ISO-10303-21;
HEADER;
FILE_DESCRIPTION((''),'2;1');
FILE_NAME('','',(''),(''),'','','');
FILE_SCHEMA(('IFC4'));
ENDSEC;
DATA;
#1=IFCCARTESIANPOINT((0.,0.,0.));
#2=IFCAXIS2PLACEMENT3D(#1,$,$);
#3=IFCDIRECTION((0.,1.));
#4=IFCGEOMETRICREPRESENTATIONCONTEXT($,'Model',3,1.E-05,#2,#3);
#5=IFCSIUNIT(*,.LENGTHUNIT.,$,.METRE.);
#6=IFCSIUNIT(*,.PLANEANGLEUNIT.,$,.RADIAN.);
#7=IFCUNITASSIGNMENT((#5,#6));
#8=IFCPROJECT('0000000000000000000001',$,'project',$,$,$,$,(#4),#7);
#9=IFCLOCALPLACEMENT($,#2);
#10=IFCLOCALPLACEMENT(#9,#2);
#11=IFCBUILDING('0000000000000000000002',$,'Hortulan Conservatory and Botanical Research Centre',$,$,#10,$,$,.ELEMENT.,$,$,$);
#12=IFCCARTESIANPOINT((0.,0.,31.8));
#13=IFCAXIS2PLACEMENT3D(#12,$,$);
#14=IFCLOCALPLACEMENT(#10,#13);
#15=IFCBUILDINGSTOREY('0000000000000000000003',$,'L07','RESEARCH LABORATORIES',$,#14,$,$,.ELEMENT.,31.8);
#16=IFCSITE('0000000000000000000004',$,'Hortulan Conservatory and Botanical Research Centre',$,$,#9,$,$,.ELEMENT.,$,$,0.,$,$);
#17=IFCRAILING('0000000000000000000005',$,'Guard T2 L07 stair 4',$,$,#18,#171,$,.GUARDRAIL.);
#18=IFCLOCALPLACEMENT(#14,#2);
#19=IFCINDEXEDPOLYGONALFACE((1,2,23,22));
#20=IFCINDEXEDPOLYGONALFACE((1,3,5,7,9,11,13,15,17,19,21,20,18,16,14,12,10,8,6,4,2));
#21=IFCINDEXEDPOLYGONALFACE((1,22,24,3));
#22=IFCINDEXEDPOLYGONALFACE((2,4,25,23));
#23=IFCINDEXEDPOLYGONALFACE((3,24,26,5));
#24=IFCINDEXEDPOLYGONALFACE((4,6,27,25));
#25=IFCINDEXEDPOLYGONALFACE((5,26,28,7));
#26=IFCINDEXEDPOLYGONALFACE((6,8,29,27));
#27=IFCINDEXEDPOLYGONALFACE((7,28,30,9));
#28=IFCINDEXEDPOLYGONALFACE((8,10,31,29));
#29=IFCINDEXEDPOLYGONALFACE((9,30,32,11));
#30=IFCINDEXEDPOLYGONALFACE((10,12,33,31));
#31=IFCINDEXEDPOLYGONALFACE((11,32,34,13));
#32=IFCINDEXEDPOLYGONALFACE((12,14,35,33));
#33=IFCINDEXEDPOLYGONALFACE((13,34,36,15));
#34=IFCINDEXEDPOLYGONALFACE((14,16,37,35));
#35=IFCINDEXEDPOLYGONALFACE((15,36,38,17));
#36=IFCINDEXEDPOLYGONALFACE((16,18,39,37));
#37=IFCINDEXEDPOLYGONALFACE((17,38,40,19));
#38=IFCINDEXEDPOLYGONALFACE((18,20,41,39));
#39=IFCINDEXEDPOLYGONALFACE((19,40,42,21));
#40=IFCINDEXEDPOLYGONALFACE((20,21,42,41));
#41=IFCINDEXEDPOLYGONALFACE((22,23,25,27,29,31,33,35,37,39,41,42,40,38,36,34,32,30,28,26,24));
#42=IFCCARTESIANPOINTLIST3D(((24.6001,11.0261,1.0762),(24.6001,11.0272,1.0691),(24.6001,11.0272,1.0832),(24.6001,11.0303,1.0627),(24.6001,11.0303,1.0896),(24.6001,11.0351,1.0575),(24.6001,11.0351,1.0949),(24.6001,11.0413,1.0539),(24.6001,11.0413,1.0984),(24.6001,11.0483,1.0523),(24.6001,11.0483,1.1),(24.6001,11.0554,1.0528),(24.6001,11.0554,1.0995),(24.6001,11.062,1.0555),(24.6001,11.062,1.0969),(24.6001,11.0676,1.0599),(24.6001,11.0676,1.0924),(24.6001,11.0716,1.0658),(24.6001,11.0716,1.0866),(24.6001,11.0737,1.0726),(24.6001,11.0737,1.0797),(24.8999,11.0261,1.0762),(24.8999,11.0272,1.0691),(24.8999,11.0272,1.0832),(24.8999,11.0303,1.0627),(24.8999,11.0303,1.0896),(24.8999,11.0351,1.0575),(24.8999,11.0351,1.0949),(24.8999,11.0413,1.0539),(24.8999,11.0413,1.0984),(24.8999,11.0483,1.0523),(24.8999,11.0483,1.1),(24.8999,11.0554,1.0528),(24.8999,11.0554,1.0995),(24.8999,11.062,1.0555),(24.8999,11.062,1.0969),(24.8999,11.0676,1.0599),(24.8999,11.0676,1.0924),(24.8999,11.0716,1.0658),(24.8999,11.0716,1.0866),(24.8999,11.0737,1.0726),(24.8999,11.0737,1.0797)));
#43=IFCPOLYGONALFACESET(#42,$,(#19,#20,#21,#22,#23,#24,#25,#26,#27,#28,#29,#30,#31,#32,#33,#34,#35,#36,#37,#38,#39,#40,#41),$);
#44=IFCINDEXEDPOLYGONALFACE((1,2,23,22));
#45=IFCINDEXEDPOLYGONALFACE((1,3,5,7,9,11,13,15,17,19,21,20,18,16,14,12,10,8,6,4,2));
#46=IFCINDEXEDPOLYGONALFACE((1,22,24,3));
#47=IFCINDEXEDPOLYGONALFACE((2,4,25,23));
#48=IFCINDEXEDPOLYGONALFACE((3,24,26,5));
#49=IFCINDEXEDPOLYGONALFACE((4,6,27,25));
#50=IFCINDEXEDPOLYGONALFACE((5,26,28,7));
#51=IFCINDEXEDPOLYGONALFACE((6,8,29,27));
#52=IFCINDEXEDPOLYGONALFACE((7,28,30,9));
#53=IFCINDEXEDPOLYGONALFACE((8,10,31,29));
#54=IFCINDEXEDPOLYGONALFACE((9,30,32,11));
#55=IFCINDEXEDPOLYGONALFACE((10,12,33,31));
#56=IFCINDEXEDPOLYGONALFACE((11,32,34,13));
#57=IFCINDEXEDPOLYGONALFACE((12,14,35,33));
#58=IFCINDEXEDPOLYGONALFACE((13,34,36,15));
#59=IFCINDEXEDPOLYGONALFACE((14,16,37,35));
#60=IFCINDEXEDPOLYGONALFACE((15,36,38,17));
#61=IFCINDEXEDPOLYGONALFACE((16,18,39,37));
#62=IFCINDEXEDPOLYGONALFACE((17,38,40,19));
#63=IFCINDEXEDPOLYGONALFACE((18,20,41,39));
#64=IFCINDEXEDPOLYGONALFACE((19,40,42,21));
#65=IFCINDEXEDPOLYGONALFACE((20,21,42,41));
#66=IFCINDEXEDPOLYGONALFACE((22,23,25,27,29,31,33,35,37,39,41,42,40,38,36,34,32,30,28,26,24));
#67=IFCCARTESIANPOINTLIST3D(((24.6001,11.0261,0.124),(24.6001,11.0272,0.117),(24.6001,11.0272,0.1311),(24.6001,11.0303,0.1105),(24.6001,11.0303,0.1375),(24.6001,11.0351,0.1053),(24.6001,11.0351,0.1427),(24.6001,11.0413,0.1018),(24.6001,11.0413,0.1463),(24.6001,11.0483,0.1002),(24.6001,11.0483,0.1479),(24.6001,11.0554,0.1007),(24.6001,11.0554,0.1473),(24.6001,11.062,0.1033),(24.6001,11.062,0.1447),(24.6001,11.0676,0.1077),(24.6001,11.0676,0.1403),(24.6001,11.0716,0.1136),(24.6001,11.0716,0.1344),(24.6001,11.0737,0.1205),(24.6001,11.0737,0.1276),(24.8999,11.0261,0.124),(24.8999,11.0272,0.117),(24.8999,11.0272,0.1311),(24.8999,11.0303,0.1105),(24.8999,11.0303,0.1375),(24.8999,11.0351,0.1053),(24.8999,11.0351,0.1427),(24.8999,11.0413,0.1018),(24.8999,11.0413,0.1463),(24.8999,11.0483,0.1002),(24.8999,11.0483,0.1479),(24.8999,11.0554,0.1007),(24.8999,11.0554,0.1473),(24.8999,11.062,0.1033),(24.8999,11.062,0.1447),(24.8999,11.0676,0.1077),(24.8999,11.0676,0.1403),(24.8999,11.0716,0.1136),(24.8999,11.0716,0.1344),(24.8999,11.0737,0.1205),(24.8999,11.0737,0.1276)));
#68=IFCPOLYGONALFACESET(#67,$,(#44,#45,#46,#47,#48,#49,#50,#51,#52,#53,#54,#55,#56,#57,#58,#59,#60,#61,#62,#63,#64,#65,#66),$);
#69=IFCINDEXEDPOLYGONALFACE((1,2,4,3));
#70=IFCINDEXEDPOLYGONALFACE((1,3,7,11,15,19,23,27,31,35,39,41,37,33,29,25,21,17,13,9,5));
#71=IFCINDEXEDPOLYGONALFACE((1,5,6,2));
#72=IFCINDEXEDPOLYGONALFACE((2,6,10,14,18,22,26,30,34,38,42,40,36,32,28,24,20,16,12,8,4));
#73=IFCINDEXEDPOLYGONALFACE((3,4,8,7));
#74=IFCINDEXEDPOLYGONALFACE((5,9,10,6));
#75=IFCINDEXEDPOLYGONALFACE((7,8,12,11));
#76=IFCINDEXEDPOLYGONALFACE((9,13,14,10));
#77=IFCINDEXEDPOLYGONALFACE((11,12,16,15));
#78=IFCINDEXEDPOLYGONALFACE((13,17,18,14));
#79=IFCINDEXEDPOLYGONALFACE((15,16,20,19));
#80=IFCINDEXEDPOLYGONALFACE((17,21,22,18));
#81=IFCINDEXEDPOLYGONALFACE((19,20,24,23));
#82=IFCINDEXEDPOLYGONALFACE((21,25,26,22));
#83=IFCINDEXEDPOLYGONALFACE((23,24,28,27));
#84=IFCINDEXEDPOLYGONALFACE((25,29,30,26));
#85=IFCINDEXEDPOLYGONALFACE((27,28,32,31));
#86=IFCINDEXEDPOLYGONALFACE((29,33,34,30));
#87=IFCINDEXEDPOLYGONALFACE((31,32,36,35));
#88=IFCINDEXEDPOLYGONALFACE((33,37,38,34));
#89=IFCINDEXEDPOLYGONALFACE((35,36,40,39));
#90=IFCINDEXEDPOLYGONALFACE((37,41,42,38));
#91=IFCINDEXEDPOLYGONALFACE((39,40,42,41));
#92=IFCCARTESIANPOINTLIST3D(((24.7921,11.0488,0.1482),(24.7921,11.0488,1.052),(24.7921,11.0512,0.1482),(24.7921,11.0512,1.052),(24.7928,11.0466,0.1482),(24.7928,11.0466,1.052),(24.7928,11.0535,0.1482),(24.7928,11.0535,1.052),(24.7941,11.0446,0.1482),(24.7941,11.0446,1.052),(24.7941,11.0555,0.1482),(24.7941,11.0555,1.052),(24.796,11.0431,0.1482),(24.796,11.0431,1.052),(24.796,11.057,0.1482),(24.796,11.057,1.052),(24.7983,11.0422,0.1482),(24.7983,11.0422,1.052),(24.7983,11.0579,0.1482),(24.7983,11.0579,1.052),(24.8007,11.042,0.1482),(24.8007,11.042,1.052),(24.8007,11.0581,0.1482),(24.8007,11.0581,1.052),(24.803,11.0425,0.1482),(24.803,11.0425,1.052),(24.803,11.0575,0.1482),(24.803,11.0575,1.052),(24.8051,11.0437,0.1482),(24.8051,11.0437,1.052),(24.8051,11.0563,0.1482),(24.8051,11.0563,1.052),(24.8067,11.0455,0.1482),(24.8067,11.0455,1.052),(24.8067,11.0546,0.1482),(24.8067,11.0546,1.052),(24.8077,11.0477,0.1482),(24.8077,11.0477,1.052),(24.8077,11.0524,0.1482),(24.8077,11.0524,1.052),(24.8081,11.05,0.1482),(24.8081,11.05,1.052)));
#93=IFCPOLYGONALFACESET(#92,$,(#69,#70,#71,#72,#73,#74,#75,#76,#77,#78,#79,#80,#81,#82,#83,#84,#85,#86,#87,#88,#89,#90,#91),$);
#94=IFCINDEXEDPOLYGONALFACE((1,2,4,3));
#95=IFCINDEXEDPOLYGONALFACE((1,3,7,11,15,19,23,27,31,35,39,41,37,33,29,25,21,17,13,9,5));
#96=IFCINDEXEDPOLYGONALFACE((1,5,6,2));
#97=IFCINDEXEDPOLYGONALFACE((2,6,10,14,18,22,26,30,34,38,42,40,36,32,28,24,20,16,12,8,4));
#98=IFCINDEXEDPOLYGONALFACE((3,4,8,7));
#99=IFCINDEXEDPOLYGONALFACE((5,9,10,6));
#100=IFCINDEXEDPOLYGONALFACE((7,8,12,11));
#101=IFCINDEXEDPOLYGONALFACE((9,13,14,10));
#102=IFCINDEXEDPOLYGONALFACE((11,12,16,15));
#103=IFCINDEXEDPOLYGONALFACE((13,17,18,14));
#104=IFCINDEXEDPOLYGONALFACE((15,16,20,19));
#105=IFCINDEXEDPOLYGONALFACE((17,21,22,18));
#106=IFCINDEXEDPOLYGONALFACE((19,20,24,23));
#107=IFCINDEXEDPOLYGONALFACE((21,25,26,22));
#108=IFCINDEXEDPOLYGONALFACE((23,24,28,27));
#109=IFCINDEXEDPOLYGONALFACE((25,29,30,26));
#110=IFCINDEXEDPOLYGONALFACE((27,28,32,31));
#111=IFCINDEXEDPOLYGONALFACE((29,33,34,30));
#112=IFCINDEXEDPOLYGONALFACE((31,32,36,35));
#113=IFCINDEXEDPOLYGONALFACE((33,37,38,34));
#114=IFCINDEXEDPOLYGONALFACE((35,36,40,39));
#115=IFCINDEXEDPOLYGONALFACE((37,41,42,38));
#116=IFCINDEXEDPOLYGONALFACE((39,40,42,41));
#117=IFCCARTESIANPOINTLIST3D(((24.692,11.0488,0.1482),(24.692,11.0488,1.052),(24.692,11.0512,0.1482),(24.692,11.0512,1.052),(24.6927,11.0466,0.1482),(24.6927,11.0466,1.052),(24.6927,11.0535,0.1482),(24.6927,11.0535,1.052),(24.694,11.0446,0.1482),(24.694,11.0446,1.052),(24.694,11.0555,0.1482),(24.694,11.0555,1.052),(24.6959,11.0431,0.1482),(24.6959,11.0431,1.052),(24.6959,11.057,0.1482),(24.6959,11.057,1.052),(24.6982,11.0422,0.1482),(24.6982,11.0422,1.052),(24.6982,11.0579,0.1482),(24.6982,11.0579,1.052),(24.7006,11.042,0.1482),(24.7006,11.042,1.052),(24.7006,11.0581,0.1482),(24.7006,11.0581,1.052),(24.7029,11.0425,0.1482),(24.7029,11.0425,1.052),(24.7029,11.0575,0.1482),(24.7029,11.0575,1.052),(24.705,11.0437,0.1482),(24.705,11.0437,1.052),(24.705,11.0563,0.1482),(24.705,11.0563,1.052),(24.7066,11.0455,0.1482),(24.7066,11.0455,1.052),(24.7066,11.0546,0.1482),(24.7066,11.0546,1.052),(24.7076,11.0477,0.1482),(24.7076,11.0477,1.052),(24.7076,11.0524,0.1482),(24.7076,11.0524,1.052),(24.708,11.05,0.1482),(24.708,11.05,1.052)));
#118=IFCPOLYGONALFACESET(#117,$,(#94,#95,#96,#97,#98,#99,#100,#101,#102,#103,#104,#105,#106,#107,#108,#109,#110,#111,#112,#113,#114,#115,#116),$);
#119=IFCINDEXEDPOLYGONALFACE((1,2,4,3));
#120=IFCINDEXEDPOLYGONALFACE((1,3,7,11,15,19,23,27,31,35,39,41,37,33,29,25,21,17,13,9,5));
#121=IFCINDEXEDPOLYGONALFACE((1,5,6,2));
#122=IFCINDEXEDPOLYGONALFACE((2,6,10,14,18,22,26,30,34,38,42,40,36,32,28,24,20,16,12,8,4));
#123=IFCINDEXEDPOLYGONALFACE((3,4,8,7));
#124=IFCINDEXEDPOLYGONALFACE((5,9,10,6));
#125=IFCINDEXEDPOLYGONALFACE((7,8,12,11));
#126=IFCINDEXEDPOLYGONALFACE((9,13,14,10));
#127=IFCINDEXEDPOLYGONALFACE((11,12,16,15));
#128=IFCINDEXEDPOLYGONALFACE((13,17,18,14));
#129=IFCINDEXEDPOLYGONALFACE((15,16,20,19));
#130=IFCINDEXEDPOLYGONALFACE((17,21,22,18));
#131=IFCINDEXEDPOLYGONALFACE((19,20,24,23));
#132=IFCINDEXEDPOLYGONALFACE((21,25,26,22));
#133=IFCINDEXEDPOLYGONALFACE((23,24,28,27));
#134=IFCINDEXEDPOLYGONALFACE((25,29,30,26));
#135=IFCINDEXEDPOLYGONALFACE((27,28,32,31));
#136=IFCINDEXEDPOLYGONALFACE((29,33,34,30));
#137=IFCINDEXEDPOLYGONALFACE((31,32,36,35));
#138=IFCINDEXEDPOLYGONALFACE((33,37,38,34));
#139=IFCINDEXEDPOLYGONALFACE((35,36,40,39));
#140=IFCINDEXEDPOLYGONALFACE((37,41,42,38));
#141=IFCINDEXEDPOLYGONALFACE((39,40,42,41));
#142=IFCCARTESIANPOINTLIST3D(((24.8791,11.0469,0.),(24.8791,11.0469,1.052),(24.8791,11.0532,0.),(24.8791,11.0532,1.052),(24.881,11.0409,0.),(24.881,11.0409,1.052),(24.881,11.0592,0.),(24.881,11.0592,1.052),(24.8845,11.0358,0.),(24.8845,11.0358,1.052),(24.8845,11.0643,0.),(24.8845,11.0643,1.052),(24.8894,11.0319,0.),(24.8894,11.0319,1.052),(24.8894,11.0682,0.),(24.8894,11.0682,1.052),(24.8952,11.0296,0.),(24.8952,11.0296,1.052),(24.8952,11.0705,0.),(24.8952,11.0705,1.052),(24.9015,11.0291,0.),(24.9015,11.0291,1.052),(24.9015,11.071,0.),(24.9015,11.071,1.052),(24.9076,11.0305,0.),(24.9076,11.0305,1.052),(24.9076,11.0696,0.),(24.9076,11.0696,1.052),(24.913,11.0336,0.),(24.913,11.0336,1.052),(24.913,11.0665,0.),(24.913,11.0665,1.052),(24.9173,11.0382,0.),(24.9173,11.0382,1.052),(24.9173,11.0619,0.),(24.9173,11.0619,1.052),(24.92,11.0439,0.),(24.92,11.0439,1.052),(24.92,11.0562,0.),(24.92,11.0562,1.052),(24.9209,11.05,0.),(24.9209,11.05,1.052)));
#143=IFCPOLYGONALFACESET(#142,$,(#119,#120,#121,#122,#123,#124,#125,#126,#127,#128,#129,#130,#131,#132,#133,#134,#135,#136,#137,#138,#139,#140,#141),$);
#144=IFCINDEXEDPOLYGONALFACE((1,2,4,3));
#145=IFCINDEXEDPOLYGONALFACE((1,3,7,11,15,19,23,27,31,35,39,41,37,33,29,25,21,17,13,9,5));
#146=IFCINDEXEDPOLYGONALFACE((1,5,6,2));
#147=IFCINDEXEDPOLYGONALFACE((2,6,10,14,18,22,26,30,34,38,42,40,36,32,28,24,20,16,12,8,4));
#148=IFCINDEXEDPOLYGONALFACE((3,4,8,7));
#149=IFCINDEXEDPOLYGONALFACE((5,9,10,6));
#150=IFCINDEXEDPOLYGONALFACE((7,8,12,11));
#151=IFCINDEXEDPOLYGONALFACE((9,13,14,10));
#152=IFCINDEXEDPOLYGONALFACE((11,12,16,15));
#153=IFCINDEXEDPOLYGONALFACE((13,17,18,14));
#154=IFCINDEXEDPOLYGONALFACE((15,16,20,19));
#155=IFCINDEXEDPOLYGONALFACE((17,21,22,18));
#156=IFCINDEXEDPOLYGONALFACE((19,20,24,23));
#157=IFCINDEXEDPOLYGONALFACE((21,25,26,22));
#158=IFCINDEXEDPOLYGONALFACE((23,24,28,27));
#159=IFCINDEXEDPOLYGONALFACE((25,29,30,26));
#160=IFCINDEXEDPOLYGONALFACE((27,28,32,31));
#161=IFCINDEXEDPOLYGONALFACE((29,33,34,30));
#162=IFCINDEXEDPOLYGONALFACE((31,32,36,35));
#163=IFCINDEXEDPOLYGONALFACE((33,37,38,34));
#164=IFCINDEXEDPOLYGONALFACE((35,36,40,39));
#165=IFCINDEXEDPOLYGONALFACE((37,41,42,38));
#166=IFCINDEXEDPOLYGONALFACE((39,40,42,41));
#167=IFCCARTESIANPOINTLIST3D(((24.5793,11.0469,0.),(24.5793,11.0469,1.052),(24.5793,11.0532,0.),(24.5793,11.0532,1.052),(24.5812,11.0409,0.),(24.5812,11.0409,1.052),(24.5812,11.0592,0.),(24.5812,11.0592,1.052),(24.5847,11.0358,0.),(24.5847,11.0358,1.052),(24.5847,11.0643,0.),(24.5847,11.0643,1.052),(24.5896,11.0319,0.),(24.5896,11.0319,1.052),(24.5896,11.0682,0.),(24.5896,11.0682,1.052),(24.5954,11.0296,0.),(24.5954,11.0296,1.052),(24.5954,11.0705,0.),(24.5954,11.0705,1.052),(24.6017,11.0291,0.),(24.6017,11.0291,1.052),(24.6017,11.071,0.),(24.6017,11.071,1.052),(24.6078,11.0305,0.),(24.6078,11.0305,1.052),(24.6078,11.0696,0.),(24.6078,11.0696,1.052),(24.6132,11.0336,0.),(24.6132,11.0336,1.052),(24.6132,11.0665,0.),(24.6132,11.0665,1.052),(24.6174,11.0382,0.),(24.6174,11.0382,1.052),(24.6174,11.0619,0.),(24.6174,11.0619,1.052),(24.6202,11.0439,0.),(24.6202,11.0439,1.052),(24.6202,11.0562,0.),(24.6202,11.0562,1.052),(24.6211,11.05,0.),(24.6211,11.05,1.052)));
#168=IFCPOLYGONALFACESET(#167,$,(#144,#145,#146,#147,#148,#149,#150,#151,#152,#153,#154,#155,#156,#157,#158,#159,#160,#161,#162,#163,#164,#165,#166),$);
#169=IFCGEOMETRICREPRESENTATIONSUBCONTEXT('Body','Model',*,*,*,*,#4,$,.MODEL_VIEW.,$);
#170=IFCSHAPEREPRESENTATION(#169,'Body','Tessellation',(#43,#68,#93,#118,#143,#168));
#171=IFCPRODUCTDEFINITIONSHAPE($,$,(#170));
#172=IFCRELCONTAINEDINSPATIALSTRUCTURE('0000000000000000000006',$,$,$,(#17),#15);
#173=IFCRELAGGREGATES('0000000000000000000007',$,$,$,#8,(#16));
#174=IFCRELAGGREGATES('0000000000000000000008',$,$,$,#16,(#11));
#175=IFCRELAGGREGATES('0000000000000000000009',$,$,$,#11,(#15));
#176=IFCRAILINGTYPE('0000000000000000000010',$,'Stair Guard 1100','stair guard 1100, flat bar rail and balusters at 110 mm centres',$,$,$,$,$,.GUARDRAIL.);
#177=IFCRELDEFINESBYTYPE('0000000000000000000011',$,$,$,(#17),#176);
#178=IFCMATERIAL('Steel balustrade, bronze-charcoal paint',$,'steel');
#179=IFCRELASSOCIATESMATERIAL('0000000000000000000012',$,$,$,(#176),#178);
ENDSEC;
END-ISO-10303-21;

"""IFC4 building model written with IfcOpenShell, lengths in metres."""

from ifc_helpers import new_model, si_unit, direction, frame, origin, origin_2d, place, context, subcontext, project, spatial, circle, extrude, material, type_object, element, save


model = new_model("IFC4")

# Units and contexts
model_context = context("Model", 3, precision=1e-05, world=origin(), true_north=direction((0.0, 1.0)))
body_context = subcontext(model_context, "Body", "Model", "MODEL_VIEW")
ifc_project = project(units=[si_unit("LENGTHUNIT", "METRE"), si_unit("PLANEANGLEUNIT", "RADIAN")], contexts=[model_context])

# Site, building, storey
site_placement = place(None, origin())
site = spatial("IfcSite", under=ifc_project, at=site_placement, Name="Hortulan Conservatory and Botanical Research Centre", CompositionType="ELEMENT", RefElevation=0.0)
building_placement = place(site_placement, origin())
building = spatial("IfcBuilding", under=site, at=building_placement, Name="Hortulan Conservatory and Botanical Research Centre", CompositionType="ELEMENT")
storey_placement = place(building_placement, frame((0.0, 0.0, 31.8)))
storey = spatial("IfcBuildingStorey", under=building, at=storey_placement, Name="L07", Description="RESEARCH LABORATORIES", CompositionType="ELEMENT", Elevation=31.8)

# Railing
ifc_material_1 = material(Name="Steel balustrade, bronze-charcoal paint", Category="steel")
railing_type_1 = type_object("IfcRailingType", Name="Stair Guard 1100", Description="stair guard 1100, flat bar rail and balusters at 110 mm centres", PredefinedType="GUARDRAIL", material=ifc_material_1)
railing_1_placement = place(storey_placement, frame((24.8999, 11.05, 0.0)))
element("IfcRailing", 1, at=railing_1_placement, inside=storey, type_object=railing_type_1, Name="Guard T2 L07 stair 4", PredefinedType="GUARDRAIL", context=body_context, shape_type="SweptSolid", body=[
    extrude(circle(Radius=0.0239, at=origin_2d()), frame((0.0, 0.0, 1.0762), z_axis=(-1.0, 0.0, 0.0), x_axis=(0.0, -1.0, 0.0)), (0.0, 0.0, 1.0), 0.2998),
    extrude(circle(Radius=0.0239, at=origin_2d()), frame((0.0, 0.0, 0.124), z_axis=(-1.0, 0.0, 0.0), x_axis=(0.0, -1.0, 0.0)), (0.0, 0.0, 1.0), 0.2998),
    extrude(circle(Radius=0.0081, at=origin_2d()), frame((-0.0999, 0.0, 0.1482)), (0.0, 0.0, 1.0), 0.9038),
    extrude(circle(Radius=0.0081, at=origin_2d()), frame((-0.2, 0.0, 0.1482)), (0.0, 0.0, 1.0), 0.9038),
    extrude(circle(Radius=0.021, at=origin_2d()), origin(), (0.0, 0.0, 1.0), 1.052),
    extrude(circle(Radius=0.021, at=origin_2d()), frame((-0.2998, 0.0, 0.0)), (0.0, 0.0, 1.0), 1.052),
])

save(model, "model.ifc")
